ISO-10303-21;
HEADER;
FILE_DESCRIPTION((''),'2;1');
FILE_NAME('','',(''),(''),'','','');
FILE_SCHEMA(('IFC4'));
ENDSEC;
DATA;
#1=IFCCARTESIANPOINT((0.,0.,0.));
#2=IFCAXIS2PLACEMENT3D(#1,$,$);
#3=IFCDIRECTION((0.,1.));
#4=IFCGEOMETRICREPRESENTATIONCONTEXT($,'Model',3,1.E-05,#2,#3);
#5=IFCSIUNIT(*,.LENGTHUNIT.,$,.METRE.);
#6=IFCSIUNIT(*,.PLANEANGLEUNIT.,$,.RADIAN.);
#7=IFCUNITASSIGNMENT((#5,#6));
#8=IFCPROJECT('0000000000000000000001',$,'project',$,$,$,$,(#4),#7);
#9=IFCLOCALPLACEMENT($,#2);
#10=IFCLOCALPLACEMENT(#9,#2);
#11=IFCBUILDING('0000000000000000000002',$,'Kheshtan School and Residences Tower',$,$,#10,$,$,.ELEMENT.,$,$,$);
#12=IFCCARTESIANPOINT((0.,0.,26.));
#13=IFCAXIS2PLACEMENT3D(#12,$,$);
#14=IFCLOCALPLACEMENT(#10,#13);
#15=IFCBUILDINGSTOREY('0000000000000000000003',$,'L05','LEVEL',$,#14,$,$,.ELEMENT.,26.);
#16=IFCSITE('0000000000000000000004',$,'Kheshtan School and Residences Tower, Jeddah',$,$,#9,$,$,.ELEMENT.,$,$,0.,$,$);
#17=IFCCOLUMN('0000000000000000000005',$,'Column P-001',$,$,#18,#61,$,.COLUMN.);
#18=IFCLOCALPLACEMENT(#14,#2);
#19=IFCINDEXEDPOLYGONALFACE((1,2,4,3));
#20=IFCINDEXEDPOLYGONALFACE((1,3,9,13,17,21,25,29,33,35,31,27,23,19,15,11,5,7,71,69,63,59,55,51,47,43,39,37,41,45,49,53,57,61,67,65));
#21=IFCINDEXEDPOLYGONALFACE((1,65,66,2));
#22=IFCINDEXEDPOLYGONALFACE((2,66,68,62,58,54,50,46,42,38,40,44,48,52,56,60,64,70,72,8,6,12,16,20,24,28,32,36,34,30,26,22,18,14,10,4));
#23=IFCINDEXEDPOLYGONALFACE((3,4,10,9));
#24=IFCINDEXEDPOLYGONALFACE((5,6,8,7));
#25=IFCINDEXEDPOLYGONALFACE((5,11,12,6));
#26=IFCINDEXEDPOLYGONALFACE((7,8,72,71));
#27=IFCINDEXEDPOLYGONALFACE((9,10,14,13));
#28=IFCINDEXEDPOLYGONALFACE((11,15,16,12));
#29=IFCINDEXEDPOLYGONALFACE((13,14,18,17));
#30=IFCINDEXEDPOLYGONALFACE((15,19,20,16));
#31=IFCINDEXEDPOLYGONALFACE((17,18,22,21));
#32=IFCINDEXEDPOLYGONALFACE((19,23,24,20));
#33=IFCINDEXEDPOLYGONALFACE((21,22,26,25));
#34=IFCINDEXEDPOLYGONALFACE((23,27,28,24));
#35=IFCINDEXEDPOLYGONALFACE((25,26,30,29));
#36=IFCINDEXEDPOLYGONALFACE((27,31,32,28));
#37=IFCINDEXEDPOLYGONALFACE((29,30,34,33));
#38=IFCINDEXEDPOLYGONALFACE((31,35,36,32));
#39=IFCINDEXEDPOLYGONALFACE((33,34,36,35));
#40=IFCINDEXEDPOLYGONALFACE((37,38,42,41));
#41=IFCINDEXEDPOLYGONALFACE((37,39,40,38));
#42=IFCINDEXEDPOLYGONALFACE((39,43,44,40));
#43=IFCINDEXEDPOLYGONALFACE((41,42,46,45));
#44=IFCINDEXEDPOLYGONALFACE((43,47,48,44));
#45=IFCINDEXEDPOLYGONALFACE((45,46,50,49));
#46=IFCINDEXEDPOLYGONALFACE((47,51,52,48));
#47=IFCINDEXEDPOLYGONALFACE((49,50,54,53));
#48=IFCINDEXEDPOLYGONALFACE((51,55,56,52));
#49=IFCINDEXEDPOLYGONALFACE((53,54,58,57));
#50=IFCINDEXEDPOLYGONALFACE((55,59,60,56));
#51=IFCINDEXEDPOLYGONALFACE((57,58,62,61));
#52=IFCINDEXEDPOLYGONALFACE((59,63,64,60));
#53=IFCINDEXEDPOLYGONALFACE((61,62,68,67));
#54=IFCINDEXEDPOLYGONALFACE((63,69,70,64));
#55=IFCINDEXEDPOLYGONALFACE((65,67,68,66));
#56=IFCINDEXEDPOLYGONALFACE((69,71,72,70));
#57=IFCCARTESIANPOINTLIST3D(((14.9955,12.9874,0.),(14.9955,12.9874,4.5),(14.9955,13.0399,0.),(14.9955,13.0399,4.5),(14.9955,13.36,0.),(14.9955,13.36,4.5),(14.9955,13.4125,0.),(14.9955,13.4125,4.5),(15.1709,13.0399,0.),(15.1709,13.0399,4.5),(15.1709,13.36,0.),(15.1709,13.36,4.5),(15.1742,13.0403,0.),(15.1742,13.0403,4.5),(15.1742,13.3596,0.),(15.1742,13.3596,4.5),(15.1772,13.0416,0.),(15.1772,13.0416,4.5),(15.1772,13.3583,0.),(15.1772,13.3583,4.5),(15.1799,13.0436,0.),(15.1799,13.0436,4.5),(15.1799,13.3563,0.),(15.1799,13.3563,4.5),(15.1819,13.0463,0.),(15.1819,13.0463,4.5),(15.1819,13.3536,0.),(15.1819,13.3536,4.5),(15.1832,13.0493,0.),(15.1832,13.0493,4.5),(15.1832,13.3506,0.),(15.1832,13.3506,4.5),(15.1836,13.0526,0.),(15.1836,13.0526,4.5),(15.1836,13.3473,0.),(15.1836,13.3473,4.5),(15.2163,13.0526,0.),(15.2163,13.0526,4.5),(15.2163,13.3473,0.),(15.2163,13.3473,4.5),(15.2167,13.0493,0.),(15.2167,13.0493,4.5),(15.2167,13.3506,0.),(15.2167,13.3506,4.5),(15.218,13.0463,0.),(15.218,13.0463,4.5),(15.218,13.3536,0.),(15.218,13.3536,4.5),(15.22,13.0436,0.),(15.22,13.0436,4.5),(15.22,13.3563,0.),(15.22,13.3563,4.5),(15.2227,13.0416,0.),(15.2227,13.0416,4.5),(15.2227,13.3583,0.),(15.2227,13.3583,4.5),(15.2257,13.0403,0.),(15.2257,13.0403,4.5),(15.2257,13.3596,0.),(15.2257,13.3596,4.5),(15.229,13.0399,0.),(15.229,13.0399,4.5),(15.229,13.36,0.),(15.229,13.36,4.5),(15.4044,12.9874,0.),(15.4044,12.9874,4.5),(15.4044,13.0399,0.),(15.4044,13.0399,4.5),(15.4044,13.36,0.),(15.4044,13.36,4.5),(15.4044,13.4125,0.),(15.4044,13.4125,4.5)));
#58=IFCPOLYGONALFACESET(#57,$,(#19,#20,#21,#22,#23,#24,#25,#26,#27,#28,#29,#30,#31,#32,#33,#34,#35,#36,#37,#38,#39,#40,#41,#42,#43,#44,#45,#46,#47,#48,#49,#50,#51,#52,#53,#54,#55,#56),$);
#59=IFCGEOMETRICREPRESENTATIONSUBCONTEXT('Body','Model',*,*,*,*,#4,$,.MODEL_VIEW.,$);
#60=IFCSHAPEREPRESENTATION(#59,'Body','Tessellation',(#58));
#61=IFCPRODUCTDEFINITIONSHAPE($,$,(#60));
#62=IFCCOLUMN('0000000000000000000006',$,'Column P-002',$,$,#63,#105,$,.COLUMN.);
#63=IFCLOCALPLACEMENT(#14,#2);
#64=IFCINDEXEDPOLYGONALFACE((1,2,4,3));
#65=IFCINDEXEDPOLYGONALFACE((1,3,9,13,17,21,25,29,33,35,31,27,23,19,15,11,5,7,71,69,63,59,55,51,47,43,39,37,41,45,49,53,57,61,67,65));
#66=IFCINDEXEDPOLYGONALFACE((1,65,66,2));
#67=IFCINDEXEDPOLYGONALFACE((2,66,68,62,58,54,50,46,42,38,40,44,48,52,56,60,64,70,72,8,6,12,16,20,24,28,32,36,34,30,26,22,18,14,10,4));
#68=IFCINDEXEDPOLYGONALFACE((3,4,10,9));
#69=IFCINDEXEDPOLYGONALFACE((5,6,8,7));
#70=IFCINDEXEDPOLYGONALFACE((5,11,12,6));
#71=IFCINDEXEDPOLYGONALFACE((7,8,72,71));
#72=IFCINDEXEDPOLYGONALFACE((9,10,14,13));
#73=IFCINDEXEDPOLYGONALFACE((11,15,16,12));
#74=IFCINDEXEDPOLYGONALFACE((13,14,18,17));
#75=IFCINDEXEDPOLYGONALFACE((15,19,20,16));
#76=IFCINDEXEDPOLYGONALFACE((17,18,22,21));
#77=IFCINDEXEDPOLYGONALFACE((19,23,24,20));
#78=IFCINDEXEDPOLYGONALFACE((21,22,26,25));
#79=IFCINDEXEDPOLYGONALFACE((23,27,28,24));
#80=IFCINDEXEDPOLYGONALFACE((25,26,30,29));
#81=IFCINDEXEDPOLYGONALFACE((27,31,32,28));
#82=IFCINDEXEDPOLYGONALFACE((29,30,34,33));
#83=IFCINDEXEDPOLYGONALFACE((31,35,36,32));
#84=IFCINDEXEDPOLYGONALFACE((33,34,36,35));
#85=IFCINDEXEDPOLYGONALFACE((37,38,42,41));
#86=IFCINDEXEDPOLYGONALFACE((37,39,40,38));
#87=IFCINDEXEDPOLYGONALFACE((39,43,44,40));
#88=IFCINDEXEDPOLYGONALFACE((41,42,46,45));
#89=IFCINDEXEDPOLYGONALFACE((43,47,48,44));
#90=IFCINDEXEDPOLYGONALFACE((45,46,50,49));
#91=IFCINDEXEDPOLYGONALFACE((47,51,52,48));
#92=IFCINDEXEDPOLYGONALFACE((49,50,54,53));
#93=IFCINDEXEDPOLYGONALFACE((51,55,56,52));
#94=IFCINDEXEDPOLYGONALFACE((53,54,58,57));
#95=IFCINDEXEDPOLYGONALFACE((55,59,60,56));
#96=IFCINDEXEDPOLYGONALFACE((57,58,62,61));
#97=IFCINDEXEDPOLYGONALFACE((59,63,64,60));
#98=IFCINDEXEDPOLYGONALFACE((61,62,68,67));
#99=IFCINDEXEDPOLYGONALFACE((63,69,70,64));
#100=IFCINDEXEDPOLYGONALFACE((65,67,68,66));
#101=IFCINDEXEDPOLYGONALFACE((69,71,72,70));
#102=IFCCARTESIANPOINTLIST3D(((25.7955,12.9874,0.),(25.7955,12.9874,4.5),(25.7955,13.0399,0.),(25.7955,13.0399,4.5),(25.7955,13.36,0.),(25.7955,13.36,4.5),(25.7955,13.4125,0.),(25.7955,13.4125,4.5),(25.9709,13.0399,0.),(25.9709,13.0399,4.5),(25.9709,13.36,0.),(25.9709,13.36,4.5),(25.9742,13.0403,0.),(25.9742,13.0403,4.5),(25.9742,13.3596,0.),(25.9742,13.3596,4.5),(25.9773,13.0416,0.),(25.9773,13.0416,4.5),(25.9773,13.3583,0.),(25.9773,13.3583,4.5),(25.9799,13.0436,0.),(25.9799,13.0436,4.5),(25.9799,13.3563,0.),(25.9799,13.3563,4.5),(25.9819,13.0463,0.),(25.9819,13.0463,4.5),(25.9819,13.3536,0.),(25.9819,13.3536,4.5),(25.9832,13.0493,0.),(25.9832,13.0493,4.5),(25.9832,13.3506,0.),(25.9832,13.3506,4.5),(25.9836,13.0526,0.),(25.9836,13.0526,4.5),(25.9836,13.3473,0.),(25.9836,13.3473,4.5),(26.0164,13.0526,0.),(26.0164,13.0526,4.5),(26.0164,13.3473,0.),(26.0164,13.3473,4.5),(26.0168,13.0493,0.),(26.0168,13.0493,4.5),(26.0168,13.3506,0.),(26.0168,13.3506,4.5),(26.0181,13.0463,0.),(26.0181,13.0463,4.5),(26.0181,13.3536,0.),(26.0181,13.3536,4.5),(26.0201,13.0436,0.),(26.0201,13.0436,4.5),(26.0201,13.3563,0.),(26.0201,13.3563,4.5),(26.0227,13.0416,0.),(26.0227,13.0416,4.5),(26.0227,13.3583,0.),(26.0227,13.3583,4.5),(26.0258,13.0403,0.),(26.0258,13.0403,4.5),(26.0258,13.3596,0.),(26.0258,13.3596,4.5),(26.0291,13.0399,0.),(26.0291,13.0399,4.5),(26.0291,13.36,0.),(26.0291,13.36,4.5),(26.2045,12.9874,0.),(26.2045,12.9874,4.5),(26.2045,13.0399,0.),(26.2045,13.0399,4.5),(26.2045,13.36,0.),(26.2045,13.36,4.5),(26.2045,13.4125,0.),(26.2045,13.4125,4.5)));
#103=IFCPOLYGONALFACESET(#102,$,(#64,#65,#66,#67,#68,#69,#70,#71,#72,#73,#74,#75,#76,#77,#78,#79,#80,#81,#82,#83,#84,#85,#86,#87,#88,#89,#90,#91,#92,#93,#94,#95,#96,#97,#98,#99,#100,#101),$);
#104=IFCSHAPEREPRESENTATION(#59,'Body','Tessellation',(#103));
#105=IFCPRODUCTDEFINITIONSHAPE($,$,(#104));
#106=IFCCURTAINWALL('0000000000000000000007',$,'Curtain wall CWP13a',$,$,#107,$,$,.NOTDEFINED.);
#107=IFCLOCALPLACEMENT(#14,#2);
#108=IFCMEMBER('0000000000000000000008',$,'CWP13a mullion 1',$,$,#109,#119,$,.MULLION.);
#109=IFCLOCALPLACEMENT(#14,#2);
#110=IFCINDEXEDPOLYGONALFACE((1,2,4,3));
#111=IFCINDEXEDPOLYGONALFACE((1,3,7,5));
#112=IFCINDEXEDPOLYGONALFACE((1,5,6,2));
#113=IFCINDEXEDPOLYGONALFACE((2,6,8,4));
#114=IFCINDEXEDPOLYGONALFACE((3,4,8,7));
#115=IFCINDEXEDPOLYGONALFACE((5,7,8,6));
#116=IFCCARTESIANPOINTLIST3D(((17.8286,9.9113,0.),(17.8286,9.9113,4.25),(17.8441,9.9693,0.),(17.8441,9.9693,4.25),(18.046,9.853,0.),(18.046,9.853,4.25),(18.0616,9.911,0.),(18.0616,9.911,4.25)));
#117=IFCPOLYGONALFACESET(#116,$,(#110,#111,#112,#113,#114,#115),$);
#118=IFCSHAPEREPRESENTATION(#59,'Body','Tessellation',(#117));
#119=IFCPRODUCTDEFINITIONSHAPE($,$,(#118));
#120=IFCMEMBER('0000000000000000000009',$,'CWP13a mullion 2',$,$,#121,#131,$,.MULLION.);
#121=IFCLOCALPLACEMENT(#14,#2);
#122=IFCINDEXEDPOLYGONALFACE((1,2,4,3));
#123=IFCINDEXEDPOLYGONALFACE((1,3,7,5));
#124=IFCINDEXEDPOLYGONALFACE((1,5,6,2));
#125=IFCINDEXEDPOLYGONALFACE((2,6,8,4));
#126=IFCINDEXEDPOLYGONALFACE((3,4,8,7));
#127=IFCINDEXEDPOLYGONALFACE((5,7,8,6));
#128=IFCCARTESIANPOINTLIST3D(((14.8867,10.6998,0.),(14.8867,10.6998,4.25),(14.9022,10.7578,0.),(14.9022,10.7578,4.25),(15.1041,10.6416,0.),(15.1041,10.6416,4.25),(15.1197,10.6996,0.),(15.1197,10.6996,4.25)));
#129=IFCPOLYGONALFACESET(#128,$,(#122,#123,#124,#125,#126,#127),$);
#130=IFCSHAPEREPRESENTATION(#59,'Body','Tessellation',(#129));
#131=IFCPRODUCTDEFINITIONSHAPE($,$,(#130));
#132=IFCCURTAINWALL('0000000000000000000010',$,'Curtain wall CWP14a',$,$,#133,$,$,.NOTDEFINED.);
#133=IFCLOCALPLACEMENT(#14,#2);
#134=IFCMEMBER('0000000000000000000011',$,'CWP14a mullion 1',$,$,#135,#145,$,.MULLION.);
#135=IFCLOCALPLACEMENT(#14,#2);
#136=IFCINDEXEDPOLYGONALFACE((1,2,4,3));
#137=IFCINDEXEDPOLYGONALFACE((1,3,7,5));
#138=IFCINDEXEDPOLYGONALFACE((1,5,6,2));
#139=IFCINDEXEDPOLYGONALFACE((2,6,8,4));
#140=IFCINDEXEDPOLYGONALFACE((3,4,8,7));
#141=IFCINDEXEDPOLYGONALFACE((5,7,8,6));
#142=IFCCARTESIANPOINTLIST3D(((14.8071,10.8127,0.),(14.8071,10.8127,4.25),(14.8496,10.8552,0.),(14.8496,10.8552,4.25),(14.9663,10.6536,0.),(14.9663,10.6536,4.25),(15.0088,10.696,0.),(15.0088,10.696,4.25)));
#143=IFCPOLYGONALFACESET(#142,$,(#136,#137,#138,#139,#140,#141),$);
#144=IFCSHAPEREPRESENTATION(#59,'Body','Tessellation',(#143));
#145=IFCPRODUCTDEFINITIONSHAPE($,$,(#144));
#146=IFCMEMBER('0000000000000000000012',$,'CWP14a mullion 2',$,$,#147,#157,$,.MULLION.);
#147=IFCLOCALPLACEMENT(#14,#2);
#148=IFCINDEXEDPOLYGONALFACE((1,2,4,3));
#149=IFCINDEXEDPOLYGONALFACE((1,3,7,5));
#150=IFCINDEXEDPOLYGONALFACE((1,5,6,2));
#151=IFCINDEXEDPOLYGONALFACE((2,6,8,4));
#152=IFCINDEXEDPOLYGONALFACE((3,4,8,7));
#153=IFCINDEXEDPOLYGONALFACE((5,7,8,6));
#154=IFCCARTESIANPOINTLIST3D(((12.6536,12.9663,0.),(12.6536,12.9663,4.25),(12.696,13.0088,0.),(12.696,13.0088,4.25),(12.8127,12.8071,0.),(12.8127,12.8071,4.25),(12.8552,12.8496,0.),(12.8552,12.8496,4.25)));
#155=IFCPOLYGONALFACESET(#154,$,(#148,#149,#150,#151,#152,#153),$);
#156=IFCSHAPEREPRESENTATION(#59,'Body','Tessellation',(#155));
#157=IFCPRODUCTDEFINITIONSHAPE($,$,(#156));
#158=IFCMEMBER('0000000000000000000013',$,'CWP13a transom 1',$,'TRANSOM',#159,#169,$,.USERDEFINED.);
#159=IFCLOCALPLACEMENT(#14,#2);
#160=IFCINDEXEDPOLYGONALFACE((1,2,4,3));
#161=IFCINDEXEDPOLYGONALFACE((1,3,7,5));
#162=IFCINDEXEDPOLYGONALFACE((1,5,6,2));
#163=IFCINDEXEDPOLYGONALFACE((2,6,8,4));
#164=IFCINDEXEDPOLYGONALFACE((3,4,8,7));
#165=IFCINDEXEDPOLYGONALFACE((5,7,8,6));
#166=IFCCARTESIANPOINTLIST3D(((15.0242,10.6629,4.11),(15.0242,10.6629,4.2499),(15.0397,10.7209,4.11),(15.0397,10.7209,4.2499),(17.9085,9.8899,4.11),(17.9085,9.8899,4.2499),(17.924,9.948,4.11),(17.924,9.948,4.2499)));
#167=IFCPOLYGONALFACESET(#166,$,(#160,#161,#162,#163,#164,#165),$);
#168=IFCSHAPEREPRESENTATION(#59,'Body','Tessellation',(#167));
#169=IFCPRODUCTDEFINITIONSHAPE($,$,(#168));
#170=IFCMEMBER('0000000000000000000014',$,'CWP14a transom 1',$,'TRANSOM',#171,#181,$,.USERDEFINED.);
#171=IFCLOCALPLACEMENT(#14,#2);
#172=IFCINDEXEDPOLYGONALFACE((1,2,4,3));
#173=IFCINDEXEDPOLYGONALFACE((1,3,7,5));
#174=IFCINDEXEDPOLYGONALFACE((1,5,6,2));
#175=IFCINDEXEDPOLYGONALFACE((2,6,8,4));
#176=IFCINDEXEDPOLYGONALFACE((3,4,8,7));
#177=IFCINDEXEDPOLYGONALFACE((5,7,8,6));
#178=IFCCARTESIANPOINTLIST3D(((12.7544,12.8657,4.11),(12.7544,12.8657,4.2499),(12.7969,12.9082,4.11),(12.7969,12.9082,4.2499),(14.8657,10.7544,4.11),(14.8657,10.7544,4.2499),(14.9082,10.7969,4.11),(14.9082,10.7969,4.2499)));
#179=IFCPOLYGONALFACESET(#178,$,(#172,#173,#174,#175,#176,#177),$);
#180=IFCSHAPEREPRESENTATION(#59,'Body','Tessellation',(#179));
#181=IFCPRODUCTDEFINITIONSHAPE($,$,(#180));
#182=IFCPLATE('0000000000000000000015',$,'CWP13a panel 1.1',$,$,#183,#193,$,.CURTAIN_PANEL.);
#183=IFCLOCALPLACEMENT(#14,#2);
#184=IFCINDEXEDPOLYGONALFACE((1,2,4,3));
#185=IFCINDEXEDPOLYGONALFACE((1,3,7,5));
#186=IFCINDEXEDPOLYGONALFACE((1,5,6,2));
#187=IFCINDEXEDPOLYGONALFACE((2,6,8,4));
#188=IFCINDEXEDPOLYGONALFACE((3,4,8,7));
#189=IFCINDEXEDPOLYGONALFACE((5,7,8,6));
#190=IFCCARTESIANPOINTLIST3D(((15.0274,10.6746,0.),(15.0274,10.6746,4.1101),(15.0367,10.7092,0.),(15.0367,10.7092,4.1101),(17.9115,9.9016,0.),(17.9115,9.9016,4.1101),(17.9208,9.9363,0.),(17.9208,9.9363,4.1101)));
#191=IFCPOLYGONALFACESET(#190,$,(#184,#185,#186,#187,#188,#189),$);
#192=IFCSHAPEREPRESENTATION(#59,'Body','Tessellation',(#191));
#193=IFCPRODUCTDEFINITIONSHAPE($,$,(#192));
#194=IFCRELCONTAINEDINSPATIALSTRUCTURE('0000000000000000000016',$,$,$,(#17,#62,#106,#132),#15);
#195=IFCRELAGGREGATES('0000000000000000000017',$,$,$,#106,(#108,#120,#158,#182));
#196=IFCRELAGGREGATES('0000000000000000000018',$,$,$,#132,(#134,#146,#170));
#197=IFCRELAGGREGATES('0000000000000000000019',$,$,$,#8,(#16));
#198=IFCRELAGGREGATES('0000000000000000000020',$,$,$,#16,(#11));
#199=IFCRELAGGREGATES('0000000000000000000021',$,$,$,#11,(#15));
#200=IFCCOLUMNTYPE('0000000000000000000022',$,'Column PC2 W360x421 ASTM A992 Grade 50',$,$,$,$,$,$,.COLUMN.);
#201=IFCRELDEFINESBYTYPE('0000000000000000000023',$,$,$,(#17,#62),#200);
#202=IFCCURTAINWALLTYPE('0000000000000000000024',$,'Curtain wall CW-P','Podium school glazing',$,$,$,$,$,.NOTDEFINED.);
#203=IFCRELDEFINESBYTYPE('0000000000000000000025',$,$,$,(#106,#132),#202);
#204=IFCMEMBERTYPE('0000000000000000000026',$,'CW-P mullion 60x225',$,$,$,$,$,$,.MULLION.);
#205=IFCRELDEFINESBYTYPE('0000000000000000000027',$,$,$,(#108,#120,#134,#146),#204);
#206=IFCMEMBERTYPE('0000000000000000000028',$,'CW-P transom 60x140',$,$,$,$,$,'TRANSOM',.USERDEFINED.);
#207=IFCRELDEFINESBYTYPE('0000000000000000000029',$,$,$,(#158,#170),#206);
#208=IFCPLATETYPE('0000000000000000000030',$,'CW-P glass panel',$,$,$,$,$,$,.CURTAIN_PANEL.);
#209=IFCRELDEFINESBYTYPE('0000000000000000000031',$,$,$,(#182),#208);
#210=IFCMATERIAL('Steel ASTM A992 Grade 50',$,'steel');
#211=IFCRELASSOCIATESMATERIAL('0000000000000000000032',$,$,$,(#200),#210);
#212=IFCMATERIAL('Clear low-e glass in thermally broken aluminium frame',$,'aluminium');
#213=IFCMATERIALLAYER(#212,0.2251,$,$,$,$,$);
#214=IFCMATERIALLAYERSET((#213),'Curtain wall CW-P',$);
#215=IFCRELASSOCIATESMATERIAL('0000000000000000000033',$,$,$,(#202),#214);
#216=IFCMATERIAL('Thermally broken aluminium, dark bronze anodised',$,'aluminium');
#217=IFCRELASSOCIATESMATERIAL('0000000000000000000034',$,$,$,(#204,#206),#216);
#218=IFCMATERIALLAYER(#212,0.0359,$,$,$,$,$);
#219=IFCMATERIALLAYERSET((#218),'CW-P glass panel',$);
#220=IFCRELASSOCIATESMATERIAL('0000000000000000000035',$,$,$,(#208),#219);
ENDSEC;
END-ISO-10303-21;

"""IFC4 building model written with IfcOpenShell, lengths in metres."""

from ifc_helpers import new_model, si_unit, direction, frame, origin, origin_2d, place, context, subcontext, project, spatial, rectangle, i_section, extrude, material, layer, layer_set, material_profile, profile_set, type_object, element, aggregate, save


model = new_model("IFC4")

# Units and contexts
model_context = context("Model", 3, precision=1e-05, world=origin(), true_north=direction((0.0, 1.0)))
body_context = subcontext(model_context, "Body", "Model", "MODEL_VIEW")
ifc_project = project(units=[si_unit("LENGTHUNIT", "METRE"), si_unit("PLANEANGLEUNIT", "RADIAN")], contexts=[model_context])

# Site, building, storey
site_placement = place(None, origin())
site = spatial("IfcSite", under=ifc_project, at=site_placement, Name="Kheshtan School and Residences Tower, Jeddah", CompositionType="ELEMENT", RefElevation=0.0)
building_placement = place(site_placement, origin())
building = spatial("IfcBuilding", under=site, at=building_placement, Name="Kheshtan School and Residences Tower", CompositionType="ELEMENT")
storey_placement = place(building_placement, frame((0.0, 0.0, 26.0)))
storey = spatial("IfcBuildingStorey", under=building, at=storey_placement, Name="L05", Description="LEVEL", CompositionType="ELEMENT", Elevation=26.0)

# Columns
ifc_material_1 = material(Name="Steel ASTM A992 Grade 50", Category="steel")
ifc_material_profile_1 = material_profile(ifc_material_1, i_section(OverallWidth=0.4089, OverallDepth=0.425, WebThickness=0.0327, FlangeThickness=0.0525, FilletRadius=0.0127, at=origin_2d()), Name="W360x421")
ifc_profile_set_1 = profile_set([ifc_material_profile_1], Name="Steel ASTM A992 Grade 50")
column_type = type_object("IfcColumnType", Name="Column PC2 W360x421 ASTM A992 Grade 50", PredefinedType="COLUMN", material=ifc_profile_set_1)
for number, where, z_axis, x_axis, name in (
    (1, (15.2, 13.2, 0.0), (0.0, 0.0, 1.0), (1.0, 0.0, 0.0), "Column P-001"),
    (2, (26.0, 13.2, 0.0), (0.0, 0.0, 1.0), (1.0, 0.0, 0.0), "Column P-002"),
):
    element("IfcColumn", number, at=place(storey_placement, frame(where, z_axis=z_axis, x_axis=x_axis)), inside=storey, type_object=column_type, Name=name, PredefinedType="COLUMN", context=body_context, shape_type="SweptSolid", body=[
        extrude(i_section(OverallWidth=0.4089, OverallDepth=0.425, WebThickness=0.0327, FlangeThickness=0.0525, FilletRadius=0.0127, at=origin_2d()), origin(), (0.0, 0.0, 1.0), 4.5),
    ])

# Curtain walls, members
ifc_material_2 = material(Name="Clear low-e glass in thermally broken aluminium frame", Category="aluminium")
ifc_layer_1 = layer(ifc_material_2, 0.2251)
ifc_layer_set_1 = layer_set([ifc_layer_1], Name="Curtain wall CW-P")
curtain_wall_type = type_object("IfcCurtainWallType", Name="Curtain wall CW-P", Description="Podium school glazing", PredefinedType="NOTDEFINED", material=ifc_layer_set_1)
curtain_wall_1_placement = place(storey_placement, origin())
curtain_wall_1 = element("IfcCurtainWall", 3, at=curtain_wall_1_placement, inside=storey, type_object=curtain_wall_type, Name="Curtain wall CWP13a", PredefinedType="NOTDEFINED")
ifc_material_3 = material(Name="Thermally broken aluminium, dark bronze anodised", Category="aluminium")
ifc_material_profile_2 = material_profile(ifc_material_3, rectangle(XDim=0.0601, YDim=0.2251, at=origin_2d()), Name="CW-P mullion 60x225")
ifc_profile_set_2 = profile_set([ifc_material_profile_2], Name="Thermally broken aluminium, dark bronze anodised")
member_type_1 = type_object("IfcMemberType", Name="CW-P mullion 60x225", PredefinedType="MULLION", material=ifc_profile_set_2)
member_1_placement = place(storey_placement, frame((17.9451, 9.9111, 0.0), z_axis=(0.0, 0.0, 1.0), x_axis=(-0.258865, -0.965914, 0.0)))
member_1 = element("IfcMember", 4, at=member_1_placement, type_object=member_type_1, Name="CWP13a mullion 1", PredefinedType="MULLION", context=body_context, shape_type="SweptSolid", body=[
    extrude(rectangle(XDim=0.0601, YDim=0.2251, at=origin_2d()), origin(), (0.0, 0.0, 1.0), 4.25),
])
member_2_placement = place(storey_placement, frame((15.0032, 10.6997, 0.0), z_axis=(0.0, 0.0, 1.0), x_axis=(-0.258865, -0.965914, 0.0)))
member_2 = element("IfcMember", 5, at=member_2_placement, type_object=member_type_1, Name="CWP13a mullion 2", PredefinedType="MULLION", context=body_context, shape_type="SweptSolid", body=[
    extrude(rectangle(XDim=0.0601, YDim=0.2251, at=origin_2d()), origin(), (0.0, 0.0, 1.0), 4.25),
])
curtain_wall_2_placement = place(storey_placement, origin())
curtain_wall_2 = element("IfcCurtainWall", 6, at=curtain_wall_2_placement, inside=storey, type_object=curtain_wall_type, Name="Curtain wall CWP14a", PredefinedType="NOTDEFINED")
member_3_placement = place(storey_placement, frame((14.908, 10.7544, 0.0), z_axis=(0.0, 0.0, 1.0), x_axis=(-0.707107, -0.707107, 0.0)))
member_3 = element("IfcMember", 7, at=member_3_placement, type_object=member_type_1, Name="CWP14a mullion 1", PredefinedType="MULLION", context=body_context, shape_type="SweptSolid", body=[
    extrude(rectangle(XDim=0.0601, YDim=0.2251, at=origin_2d()), origin(), (0.0, 0.0, 1.0), 4.25),
])
member_4_placement = place(storey_placement, frame((12.7544, 12.908, 0.0), z_axis=(0.0, 0.0, 1.0), x_axis=(-0.707107, -0.707107, 0.0)))
member_4 = element("IfcMember", 8, at=member_4_placement, type_object=member_type_1, Name="CWP14a mullion 2", PredefinedType="MULLION", context=body_context, shape_type="SweptSolid", body=[
    extrude(rectangle(XDim=0.0601, YDim=0.2251, at=origin_2d()), origin(), (0.0, 0.0, 1.0), 4.25),
])

# Members
ifc_material_profile_3 = material_profile(ifc_material_3, rectangle(XDim=0.0601, YDim=0.1399, at=origin_2d()), Name="CW-P transom 60x140")
ifc_profile_set_3 = profile_set([ifc_material_profile_3], Name="Thermally broken aluminium, dark bronze anodised")
member_type_2 = type_object("IfcMemberType", Name="CW-P transom 60x140", ElementType="TRANSOM", PredefinedType="USERDEFINED", material=ifc_profile_set_3)
member_5_placement = place(storey_placement, frame((17.9163, 9.9189, 4.1799), z_axis=(-0.965917, 0.258853, 0.0), x_axis=(-0.258853, -0.965917, 0.0)))
member_5 = element("IfcMember", 9, at=member_5_placement, type_object=member_type_2, Name="CWP13a transom 1", ObjectType="TRANSOM", PredefinedType="USERDEFINED", context=body_context, shape_type="SweptSolid", body=[
    extrude(rectangle(XDim=0.0601, YDim=0.1399, at=origin_2d()), origin(), (0.0, 0.0, 1.0), 2.9861),
])
member_6_placement = place(storey_placement, frame((14.887, 10.7756, 4.1799), z_axis=(-0.707107, 0.707107, 0.0), x_axis=(-0.707107, -0.707107, 0.0)))
member_6 = element("IfcMember", 10, at=member_6_placement, type_object=member_type_2, Name="CWP14a transom 1", ObjectType="TRANSOM", PredefinedType="USERDEFINED", context=body_context, shape_type="SweptSolid", body=[
    extrude(rectangle(XDim=0.0601, YDim=0.1399, at=origin_2d()), origin(), (0.0, 0.0, 1.0), 2.9858),
])

# Plate
ifc_layer_2 = layer(ifc_material_2, 0.0359)
ifc_layer_set_2 = layer_set([ifc_layer_2], Name="CW-P glass panel")
plate_type = type_object("IfcPlateType", Name="CW-P glass panel", PredefinedType="CURTAIN_PANEL", material=ifc_layer_set_2)
plate_1_placement = place(storey_placement, frame((16.4741, 10.3054, 0.0), z_axis=(0.0, 0.0, 1.0), x_axis=(-0.965914, 0.258865, 0.0)))
plate_1 = element("IfcPlate", 11, at=plate_1_placement, type_object=plate_type, Name="CWP13a panel 1.1", PredefinedType="CURTAIN_PANEL", context=body_context, shape_type="SweptSolid", body=[
    extrude(rectangle(XDim=2.9858, YDim=0.0359, at=origin_2d()), origin(), (0.0, 0.0, 1.0), 4.1101),
])
aggregate(curtain_wall_1, [member_1, member_2, member_5, plate_1])
aggregate(curtain_wall_2, [member_3, member_4, member_6])

save(model, "model.ifc")
